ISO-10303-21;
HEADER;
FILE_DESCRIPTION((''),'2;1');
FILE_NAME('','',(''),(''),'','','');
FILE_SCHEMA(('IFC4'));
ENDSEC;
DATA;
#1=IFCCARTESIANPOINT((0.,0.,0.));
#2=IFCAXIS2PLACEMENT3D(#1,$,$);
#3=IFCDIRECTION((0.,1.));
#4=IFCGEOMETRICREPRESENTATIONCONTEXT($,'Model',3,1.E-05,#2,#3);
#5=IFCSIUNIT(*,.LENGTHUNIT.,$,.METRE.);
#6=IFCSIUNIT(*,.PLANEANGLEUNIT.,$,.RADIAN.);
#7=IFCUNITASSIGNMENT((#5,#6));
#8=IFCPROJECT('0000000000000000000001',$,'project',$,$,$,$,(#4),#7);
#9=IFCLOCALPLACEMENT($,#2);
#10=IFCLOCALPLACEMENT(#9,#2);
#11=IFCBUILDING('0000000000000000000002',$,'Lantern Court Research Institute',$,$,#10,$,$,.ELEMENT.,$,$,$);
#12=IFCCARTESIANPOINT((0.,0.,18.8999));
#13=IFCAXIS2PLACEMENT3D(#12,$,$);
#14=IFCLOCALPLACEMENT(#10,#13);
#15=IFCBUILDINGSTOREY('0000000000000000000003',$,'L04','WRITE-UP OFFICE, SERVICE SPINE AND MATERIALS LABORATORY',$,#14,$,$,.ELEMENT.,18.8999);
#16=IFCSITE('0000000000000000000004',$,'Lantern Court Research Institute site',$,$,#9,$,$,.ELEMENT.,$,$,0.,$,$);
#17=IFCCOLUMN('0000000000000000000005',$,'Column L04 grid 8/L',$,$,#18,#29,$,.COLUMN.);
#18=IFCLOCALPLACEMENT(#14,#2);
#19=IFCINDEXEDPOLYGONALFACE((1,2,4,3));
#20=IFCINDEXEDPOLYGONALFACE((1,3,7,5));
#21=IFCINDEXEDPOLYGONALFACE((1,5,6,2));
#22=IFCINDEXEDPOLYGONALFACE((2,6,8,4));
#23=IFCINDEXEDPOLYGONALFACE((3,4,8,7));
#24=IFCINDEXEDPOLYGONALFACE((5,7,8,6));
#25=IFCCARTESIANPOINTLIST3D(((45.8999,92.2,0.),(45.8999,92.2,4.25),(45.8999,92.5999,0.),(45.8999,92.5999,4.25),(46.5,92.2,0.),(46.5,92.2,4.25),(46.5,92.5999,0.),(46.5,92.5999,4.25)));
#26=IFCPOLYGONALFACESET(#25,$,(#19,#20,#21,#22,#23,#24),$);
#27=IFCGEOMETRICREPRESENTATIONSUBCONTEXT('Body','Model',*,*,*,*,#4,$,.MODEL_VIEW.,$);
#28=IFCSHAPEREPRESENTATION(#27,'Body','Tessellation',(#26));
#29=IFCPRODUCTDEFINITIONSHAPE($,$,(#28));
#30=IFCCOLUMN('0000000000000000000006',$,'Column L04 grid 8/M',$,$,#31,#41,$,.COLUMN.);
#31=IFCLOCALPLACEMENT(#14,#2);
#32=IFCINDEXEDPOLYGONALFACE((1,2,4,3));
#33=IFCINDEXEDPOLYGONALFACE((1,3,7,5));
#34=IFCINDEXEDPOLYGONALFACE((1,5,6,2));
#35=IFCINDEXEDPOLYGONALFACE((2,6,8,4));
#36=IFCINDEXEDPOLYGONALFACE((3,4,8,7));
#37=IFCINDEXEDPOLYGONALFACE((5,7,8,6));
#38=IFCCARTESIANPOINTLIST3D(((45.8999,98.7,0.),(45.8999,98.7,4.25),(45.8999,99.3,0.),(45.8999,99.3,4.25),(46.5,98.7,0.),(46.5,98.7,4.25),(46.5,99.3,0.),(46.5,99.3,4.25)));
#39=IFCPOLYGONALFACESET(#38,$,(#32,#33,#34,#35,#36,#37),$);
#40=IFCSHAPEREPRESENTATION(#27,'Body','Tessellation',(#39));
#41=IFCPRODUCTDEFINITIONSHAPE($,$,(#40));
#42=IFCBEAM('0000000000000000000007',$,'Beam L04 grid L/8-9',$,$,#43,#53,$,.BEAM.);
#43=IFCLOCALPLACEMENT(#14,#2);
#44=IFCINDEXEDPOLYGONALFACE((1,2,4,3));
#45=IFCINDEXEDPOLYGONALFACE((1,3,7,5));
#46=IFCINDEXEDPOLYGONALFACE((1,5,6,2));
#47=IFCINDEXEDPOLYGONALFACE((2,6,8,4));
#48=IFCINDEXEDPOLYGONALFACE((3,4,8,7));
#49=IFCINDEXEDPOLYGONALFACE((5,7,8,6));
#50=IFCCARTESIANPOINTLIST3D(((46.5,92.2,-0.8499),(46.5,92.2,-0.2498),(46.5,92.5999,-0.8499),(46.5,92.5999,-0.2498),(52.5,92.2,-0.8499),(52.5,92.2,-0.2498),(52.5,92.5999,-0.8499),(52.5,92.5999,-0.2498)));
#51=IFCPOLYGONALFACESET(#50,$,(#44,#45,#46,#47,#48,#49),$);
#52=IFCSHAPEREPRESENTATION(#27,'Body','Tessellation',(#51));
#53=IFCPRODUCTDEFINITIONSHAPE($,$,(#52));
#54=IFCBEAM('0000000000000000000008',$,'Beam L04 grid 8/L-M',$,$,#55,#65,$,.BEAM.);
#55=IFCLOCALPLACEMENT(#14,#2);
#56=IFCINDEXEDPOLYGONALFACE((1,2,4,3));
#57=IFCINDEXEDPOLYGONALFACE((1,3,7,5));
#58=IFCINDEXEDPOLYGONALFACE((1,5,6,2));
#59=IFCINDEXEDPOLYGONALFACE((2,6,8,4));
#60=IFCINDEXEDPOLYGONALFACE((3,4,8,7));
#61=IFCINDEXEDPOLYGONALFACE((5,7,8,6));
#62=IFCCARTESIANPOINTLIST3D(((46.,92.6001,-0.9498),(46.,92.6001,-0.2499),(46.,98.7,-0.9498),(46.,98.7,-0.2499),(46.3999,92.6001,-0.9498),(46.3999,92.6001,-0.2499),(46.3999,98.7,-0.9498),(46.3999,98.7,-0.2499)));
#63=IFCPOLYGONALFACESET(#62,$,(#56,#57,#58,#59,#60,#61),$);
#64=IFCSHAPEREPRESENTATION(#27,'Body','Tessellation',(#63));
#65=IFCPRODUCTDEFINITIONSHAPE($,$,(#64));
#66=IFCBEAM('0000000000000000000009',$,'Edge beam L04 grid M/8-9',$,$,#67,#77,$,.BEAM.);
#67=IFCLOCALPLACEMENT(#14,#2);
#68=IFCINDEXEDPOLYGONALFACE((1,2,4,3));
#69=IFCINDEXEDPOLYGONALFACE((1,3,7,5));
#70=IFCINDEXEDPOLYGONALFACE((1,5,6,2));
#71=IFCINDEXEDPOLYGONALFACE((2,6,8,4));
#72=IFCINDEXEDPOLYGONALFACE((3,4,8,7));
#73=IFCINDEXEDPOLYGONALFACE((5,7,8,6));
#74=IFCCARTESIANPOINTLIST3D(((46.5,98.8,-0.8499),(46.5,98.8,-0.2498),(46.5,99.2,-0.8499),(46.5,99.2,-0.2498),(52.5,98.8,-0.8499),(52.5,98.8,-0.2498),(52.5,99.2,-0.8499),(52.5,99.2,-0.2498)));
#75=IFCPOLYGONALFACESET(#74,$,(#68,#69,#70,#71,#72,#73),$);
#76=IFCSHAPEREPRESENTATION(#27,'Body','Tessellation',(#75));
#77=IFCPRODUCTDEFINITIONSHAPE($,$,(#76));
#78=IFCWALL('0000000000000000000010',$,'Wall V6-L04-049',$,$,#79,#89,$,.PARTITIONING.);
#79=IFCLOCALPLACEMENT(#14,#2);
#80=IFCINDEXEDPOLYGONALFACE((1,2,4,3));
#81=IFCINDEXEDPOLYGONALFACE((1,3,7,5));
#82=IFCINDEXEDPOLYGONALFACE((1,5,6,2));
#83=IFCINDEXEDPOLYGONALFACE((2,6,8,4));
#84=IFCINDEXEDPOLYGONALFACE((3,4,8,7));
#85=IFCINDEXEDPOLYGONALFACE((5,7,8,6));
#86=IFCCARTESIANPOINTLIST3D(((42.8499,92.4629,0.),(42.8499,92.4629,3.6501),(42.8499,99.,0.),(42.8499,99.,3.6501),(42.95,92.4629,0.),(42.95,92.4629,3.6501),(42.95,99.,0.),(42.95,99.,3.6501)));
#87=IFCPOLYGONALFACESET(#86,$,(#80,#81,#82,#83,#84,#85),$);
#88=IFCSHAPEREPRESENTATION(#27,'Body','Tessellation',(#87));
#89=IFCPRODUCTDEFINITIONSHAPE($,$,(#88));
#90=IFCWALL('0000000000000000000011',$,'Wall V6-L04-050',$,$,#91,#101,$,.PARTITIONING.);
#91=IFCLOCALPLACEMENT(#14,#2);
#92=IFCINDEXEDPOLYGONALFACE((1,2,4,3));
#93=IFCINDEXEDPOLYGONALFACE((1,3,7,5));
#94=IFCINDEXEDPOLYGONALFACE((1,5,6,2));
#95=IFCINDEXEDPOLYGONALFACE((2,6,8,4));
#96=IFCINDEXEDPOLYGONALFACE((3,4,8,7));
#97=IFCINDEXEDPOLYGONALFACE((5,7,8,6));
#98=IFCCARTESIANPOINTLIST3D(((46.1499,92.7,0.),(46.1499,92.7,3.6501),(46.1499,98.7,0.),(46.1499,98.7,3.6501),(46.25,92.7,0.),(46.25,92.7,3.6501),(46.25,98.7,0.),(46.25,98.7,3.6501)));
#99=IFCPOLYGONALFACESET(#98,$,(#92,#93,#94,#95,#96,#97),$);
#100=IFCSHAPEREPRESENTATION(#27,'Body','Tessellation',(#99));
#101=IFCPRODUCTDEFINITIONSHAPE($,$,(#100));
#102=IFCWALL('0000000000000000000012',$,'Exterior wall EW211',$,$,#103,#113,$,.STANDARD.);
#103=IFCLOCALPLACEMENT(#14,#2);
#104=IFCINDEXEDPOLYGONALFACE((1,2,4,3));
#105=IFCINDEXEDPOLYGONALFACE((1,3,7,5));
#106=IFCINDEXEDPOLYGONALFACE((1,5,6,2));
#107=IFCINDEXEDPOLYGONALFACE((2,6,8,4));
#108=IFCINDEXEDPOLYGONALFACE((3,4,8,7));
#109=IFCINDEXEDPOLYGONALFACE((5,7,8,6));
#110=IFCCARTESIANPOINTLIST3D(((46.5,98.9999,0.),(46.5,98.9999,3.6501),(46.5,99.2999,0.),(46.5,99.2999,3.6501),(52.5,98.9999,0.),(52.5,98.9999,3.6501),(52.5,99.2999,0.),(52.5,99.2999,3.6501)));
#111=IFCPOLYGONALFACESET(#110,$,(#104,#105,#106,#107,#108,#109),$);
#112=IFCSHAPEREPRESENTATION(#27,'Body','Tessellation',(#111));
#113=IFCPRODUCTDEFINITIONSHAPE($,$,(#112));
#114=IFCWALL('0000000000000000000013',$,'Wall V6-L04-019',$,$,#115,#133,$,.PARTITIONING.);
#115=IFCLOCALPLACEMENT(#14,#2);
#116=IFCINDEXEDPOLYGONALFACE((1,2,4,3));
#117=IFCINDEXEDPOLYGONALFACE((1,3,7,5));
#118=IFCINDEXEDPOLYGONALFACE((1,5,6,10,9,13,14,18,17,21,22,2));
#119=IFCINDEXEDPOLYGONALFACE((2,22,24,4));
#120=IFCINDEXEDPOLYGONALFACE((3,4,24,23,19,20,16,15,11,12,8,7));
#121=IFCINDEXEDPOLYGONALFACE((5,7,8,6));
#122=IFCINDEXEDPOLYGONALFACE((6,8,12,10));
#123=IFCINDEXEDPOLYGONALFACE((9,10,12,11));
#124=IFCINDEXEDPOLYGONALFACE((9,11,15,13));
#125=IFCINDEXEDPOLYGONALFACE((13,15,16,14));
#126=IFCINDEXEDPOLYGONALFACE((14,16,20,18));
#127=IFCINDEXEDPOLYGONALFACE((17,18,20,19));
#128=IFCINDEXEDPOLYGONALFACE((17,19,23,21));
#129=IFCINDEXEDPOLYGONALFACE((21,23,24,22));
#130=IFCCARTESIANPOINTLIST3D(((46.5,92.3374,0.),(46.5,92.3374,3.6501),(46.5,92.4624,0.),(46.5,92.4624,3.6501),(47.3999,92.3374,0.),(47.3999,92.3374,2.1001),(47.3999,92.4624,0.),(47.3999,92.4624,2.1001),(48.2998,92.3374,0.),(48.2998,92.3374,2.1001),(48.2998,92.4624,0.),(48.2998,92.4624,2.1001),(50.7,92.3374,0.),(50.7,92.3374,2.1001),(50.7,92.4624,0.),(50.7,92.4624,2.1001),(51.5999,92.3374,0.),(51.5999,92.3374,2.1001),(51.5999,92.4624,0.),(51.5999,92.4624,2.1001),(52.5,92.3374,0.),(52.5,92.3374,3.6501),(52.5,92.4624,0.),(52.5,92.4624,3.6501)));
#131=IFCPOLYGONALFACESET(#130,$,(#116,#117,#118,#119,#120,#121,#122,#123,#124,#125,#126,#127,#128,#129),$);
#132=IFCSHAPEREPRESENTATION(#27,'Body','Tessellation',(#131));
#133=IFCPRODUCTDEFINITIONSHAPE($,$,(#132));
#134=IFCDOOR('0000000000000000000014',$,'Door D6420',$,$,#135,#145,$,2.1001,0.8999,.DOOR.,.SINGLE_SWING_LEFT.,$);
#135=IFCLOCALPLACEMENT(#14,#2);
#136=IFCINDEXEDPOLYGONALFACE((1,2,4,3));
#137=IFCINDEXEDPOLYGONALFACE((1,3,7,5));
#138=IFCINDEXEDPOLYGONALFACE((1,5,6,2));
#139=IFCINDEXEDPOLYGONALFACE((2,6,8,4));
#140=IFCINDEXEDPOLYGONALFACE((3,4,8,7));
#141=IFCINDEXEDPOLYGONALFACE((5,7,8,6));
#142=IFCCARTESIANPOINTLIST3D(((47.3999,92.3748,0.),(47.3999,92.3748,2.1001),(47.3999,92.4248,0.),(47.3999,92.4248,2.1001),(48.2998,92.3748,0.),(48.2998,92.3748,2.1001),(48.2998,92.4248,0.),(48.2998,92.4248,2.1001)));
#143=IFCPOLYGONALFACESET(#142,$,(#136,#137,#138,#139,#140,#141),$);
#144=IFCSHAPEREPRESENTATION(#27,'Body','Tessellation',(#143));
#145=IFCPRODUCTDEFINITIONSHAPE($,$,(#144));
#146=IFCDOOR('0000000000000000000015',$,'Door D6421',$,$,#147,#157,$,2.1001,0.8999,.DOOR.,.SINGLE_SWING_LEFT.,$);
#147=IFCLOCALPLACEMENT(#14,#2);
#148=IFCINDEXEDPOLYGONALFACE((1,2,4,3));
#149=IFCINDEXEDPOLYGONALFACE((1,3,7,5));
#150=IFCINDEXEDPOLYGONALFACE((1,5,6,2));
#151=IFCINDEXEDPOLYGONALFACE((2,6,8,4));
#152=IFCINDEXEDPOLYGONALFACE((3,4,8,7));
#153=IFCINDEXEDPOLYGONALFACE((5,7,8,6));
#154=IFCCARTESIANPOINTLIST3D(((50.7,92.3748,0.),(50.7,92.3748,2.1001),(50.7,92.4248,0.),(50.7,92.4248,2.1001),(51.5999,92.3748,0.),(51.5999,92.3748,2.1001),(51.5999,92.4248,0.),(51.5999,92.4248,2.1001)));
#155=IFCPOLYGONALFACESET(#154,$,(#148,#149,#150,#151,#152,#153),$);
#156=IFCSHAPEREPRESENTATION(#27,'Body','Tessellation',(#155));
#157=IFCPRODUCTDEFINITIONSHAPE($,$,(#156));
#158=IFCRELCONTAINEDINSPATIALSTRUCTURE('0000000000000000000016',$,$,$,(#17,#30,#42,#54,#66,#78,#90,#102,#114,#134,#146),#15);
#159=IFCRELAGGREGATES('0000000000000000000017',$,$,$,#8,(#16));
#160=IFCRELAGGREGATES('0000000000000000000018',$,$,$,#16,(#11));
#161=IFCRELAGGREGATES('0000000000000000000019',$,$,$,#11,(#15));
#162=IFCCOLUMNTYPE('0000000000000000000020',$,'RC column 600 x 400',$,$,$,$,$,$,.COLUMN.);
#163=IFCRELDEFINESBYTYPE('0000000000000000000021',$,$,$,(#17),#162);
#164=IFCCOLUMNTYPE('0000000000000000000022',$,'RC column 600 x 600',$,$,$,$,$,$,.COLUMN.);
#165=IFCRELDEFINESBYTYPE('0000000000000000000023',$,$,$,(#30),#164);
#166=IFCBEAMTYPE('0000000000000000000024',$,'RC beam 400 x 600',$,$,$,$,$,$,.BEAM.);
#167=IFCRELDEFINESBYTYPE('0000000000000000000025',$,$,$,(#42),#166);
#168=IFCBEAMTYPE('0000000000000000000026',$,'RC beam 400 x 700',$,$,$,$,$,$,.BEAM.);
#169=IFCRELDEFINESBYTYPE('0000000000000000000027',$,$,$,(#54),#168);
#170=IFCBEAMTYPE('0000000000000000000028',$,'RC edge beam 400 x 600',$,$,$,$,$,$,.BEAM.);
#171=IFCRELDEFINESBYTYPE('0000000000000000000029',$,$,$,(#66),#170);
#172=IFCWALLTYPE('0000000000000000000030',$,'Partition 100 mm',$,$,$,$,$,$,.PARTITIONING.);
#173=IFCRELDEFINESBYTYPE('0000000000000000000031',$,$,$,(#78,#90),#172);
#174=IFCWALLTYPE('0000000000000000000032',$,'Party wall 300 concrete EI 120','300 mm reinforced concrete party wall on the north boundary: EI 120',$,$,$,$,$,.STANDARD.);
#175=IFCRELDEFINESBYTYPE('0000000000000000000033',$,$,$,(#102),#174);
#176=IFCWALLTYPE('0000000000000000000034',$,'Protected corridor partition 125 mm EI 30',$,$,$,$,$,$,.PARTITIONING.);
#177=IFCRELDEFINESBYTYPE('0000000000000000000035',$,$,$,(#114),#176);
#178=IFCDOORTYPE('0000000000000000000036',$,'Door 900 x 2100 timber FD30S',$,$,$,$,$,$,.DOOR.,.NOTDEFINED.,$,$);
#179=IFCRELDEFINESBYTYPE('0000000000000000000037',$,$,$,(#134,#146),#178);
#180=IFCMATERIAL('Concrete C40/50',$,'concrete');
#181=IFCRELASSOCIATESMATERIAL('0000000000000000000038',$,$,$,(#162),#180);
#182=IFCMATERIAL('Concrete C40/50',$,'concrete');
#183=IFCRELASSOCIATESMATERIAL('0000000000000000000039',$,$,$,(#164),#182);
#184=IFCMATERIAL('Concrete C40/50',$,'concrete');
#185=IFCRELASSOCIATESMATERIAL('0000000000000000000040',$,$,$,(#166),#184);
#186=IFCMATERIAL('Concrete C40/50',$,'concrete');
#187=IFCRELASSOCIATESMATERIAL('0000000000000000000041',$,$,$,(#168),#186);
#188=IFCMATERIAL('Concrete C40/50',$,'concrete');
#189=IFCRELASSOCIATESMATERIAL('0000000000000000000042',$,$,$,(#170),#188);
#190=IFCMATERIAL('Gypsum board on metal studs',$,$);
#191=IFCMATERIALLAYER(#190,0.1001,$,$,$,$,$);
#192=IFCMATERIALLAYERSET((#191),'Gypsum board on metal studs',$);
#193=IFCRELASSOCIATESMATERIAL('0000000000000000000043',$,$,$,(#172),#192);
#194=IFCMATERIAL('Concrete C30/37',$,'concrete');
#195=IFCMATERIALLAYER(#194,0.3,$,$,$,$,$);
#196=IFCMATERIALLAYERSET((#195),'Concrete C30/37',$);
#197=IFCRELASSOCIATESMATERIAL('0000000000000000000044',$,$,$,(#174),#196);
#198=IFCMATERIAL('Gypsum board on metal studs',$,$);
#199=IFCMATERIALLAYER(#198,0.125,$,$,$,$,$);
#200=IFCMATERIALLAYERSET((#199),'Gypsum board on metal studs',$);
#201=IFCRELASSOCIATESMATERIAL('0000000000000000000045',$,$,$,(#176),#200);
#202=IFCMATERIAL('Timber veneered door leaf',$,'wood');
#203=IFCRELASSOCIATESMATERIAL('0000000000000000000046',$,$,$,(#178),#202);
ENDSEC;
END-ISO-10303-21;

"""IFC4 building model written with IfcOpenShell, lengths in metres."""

from ifc_helpers import new_model, si_unit, direction, frame, frame_2d, origin, origin_2d, place, context, subcontext, project, spatial, rectangle, extrude, material, layer, layer_set, material_profile, profile_set, type_object, element, fill, save


model = new_model("IFC4")

# Units and contexts
model_context = context("Model", 3, precision=1e-05, world=origin(), true_north=direction((0.0, 1.0)))
body_context = subcontext(model_context, "Body", "Model", "MODEL_VIEW")
ifc_project = project(units=[si_unit("LENGTHUNIT", "METRE"), si_unit("PLANEANGLEUNIT", "RADIAN")], contexts=[model_context])

# Site, building, storey
site_placement = place(None, origin())
site = spatial("IfcSite", under=ifc_project, at=site_placement, Name="Lantern Court Research Institute site", CompositionType="ELEMENT", RefElevation=0.0)
building_placement = place(site_placement, origin())
building = spatial("IfcBuilding", under=site, at=building_placement, Name="Lantern Court Research Institute", CompositionType="ELEMENT")
storey_placement = place(building_placement, frame((0.0, 0.0, 18.8999)))
storey = spatial("IfcBuildingStorey", under=building, at=storey_placement, Name="L04", Description="WRITE-UP OFFICE, SERVICE SPINE AND MATERIALS LABORATORY", CompositionType="ELEMENT", Elevation=18.8999)

# Columns
ifc_material_1 = material(Name="Concrete C40/50", Category="concrete")
ifc_material_profile_1 = material_profile(ifc_material_1, rectangle(XDim=0.6001, YDim=0.3999, at=origin_2d()), Name="RC column 600 x 400")
ifc_profile_set_1 = profile_set([ifc_material_profile_1], Name="Concrete C40/50")
column_type_1 = type_object("IfcColumnType", Name="RC column 600 x 400", PredefinedType="COLUMN", material=ifc_profile_set_1)
column_1_placement = place(storey_placement, frame((46.2, 92.3999, 0.0), z_axis=(0.0, 0.0, 1.0), x_axis=(1.0, 0.0, 0.0)))
element("IfcColumn", 1, at=column_1_placement, inside=storey, type_object=column_type_1, Name="Column L04 grid 8/L", PredefinedType="COLUMN", context=body_context, shape_type="SweptSolid", body=[
    extrude(rectangle(XDim=0.6001, YDim=0.3999, at=origin_2d()), origin(), (0.0, 0.0, 1.0), 4.25),
])
ifc_material_2 = material(Name="Concrete C40/50", Category="concrete")
ifc_material_profile_2 = material_profile(ifc_material_2, rectangle(XDim=0.6001, YDim=0.6001, at=origin_2d()), Name="RC column 600 x 600")
ifc_profile_set_2 = profile_set([ifc_material_profile_2], Name="Concrete C40/50")
column_type_2 = type_object("IfcColumnType", Name="RC column 600 x 600", PredefinedType="COLUMN", material=ifc_profile_set_2)
column_2_placement = place(storey_placement, frame((46.2, 99.0, 0.0), z_axis=(0.0, 0.0, 1.0), x_axis=(1.0, 0.0, 0.0)))
element("IfcColumn", 2, at=column_2_placement, inside=storey, type_object=column_type_2, Name="Column L04 grid 8/M", PredefinedType="COLUMN", context=body_context, shape_type="SweptSolid", body=[
    extrude(rectangle(XDim=0.6001, YDim=0.6001, at=origin_2d()), origin(), (0.0, 0.0, 1.0), 4.25),
])

# Beams
ifc_material_3 = material(Name="Concrete C40/50", Category="concrete")
ifc_material_profile_3 = material_profile(ifc_material_3, rectangle(XDim=0.3999, YDim=0.6001, at=origin_2d()), Name="RC beam 400 x 600")
ifc_profile_set_3 = profile_set([ifc_material_profile_3], Name="Concrete C40/50")
beam_type_1 = type_object("IfcBeamType", Name="RC beam 400 x 600", PredefinedType="BEAM", material=ifc_profile_set_3)
beam_1_placement = place(storey_placement, frame((46.5, 92.3999, -0.5498), z_axis=(1.0, 0.0, 0.0), x_axis=(0.0, 1.0, 0.0)))
element("IfcBeam", 3, at=beam_1_placement, inside=storey, type_object=beam_type_1, Name="Beam L04 grid L/8-9", PredefinedType="BEAM", context=body_context, shape_type="SweptSolid", body=[
    extrude(rectangle(XDim=0.3999, YDim=0.6001, at=origin_2d()), origin(), (0.0, 0.0, 1.0), 6.0),
])
ifc_material_4 = material(Name="Concrete C40/50", Category="concrete")
ifc_material_profile_4 = material_profile(ifc_material_4, rectangle(XDim=0.3999, YDim=0.7, at=origin_2d()), Name="RC beam 400 x 700")
ifc_profile_set_4 = profile_set([ifc_material_profile_4], Name="Concrete C40/50")
beam_type_2 = type_object("IfcBeamType", Name="RC beam 400 x 700", PredefinedType="BEAM", material=ifc_profile_set_4)
beam_2_placement = place(storey_placement, frame((46.2, 92.6001, -0.5999), z_axis=(0.0, 1.0, 0.0), x_axis=(-1.0, 0.0, 0.0)))
element("IfcBeam", 4, at=beam_2_placement, inside=storey, type_object=beam_type_2, Name="Beam L04 grid 8/L-M", PredefinedType="BEAM", context=body_context, shape_type="SweptSolid", body=[
    extrude(rectangle(XDim=0.3999, YDim=0.7, at=origin_2d()), origin(), (0.0, 0.0, 1.0), 6.0999),
])
ifc_material_5 = material(Name="Concrete C40/50", Category="concrete")
ifc_material_profile_5 = material_profile(ifc_material_5, rectangle(XDim=0.3999, YDim=0.6001, at=origin_2d()), Name="RC beam 400 x 600")
ifc_profile_set_5 = profile_set([ifc_material_profile_5], Name="Concrete C40/50")
beam_type_3 = type_object("IfcBeamType", Name="RC edge beam 400 x 600", PredefinedType="BEAM", material=ifc_profile_set_5)
beam_3_placement = place(storey_placement, frame((46.5, 99.0, -0.5498), z_axis=(1.0, 0.0, 0.0), x_axis=(0.0, 1.0, 0.0)))
element("IfcBeam", 5, at=beam_3_placement, inside=storey, type_object=beam_type_3, Name="Edge beam L04 grid M/8-9", PredefinedType="BEAM", context=body_context, shape_type="SweptSolid", body=[
    extrude(rectangle(XDim=0.3999, YDim=0.6001, at=origin_2d()), origin(), (0.0, 0.0, 1.0), 6.0),
])

# Walls
ifc_material_6 = material(Name="Gypsum board on metal studs")
ifc_layer_1 = layer(ifc_material_6, 0.1001)
ifc_layer_set_1 = layer_set([ifc_layer_1], Name="Gypsum board on metal studs")
wall_type_1 = type_object("IfcWallType", Name="Partition 100 mm", PredefinedType="PARTITIONING", material=ifc_layer_set_1)
wall_1_placement = place(storey_placement, frame((42.8999, 92.4629, 0.0), z_axis=(0.0, 0.0, 1.0), x_axis=(0.0, 1.0, 0.0)))
element("IfcWall", 6, at=wall_1_placement, inside=storey, type_object=wall_type_1, Name="Wall V6-L04-049", PredefinedType="PARTITIONING", context=body_context, shape_type="SweptSolid", body=[
    extrude(rectangle(XDim=6.5371, YDim=0.1001, at=frame_2d((3.2686, 0.0))), origin(), (0.0, 0.0, 1.0), 3.6501),
])
wall_2_placement = place(storey_placement, frame((46.2, 92.7, 0.0), z_axis=(0.0, 0.0, 1.0), x_axis=(0.0, 1.0, 0.0)))
element("IfcWall", 7, at=wall_2_placement, inside=storey, type_object=wall_type_1, Name="Wall V6-L04-050", PredefinedType="PARTITIONING", context=body_context, shape_type="SweptSolid", body=[
    extrude(rectangle(XDim=6.0, YDim=0.1001, at=frame_2d((3.0, 0.0))), origin(), (0.0, 0.0, 1.0), 3.6501),
])
ifc_material_7 = material(Name="Concrete C30/37", Category="concrete")
ifc_layer_2 = layer(ifc_material_7, 0.3)
ifc_layer_set_2 = layer_set([ifc_layer_2], Name="Concrete C30/37")
wall_type_2 = type_object("IfcWallType", Name="Party wall 300 concrete EI 120", Description="300 mm reinforced concrete party wall on the north boundary: EI 120", PredefinedType="STANDARD", material=ifc_layer_set_2)
wall_3_placement = place(storey_placement, frame((46.5, 99.1499, 0.0), z_axis=(0.0, 0.0, 1.0), x_axis=(1.0, 0.0, 0.0)))
element("IfcWall", 8, at=wall_3_placement, inside=storey, type_object=wall_type_2, Name="Exterior wall EW211", PredefinedType="STANDARD", context=body_context, shape_type="SweptSolid", body=[
    extrude(rectangle(XDim=6.0, YDim=0.3, at=frame_2d((3.0, 0.0))), origin(), (0.0, 0.0, 1.0), 3.6501),
])

# Wall, openings, doors
ifc_material_8 = material(Name="Gypsum board on metal studs")
ifc_layer_3 = layer(ifc_material_8, 0.125)
ifc_layer_set_3 = layer_set([ifc_layer_3], Name="Gypsum board on metal studs")
wall_type_3 = type_object("IfcWallType", Name="Protected corridor partition 125 mm EI 30", PredefinedType="PARTITIONING", material=ifc_layer_set_3)
wall_4_placement = place(storey_placement, frame((46.5, 92.3999, 0.0), z_axis=(0.0, 0.0, 1.0), x_axis=(1.0, 0.0, 0.0)))
wall_4 = element("IfcWall", 9, at=wall_4_placement, inside=storey, type_object=wall_type_3, Name="Wall V6-L04-019", PredefinedType="PARTITIONING", context=body_context, shape_type="SweptSolid", body=[
    extrude(rectangle(XDim=6.0, YDim=0.125, at=frame_2d((3.0, 0.0))), origin(), (0.0, 0.0, 1.0), 3.6501),
])
opening_1_placement = place(wall_4_placement, frame((0.8999, 0.0, 0.0)))
opening_1 = element("IfcOpeningElement", 10, at=opening_1_placement, cuts=wall_4, PredefinedType="OPENING", context=body_context, shape_type="SweptSolid", body=[
    extrude(rectangle(XDim=0.8999, YDim=2.1001, at=frame_2d((0.45, 1.05))), frame((0.0, 0.0725, 0.0), z_axis=(0.0, -1.0, 0.0), x_axis=(1.0, 0.0, 0.0)), (0.0, 0.0, 1.0), 0.145),
])
opening_2_placement = place(wall_4_placement, frame((4.2, 0.0, 0.0)))
opening_2 = element("IfcOpeningElement", 11, at=opening_2_placement, cuts=wall_4, PredefinedType="OPENING", context=body_context, shape_type="SweptSolid", body=[
    extrude(rectangle(XDim=0.8999, YDim=2.1001, at=frame_2d((0.45, 1.05))), frame((0.0, 0.0725, 0.0), z_axis=(0.0, -1.0, 0.0), x_axis=(1.0, 0.0, 0.0)), (0.0, 0.0, 1.0), 0.145),
])
ifc_material_9 = material(Name="Timber veneered door leaf", Category="wood")
door_type = type_object("IfcDoorType", Name="Door 900 x 2100 timber FD30S", OperationType="NOTDEFINED", PredefinedType="DOOR", material=ifc_material_9)
door_1_placement = place(opening_1_placement, origin())
door_1 = element("IfcDoor", 12, at=door_1_placement, inside=storey, type_object=door_type, Name="Door D6420", OperationType="SINGLE_SWING_LEFT", OverallHeight=2.1001, OverallWidth=0.8999, PredefinedType="DOOR", context=body_context, shape_type="SweptSolid", body=[
    extrude(rectangle(XDim=0.8999, YDim=2.1001, at=frame_2d((0.45, 1.05))), frame((0.0, 0.0249, 0.0), z_axis=(0.0, -1.0, 0.0), x_axis=(1.0, 0.0, 0.0)), (0.0, 0.0, 1.0), 0.05),
])
fill(opening_1, door_1)
door_2_placement = place(opening_2_placement, origin())
door_2 = element("IfcDoor", 13, at=door_2_placement, inside=storey, type_object=door_type, Name="Door D6421", OperationType="SINGLE_SWING_LEFT", OverallHeight=2.1001, OverallWidth=0.8999, PredefinedType="DOOR", context=body_context, shape_type="SweptSolid", body=[
    extrude(rectangle(XDim=0.8999, YDim=2.1001, at=frame_2d((0.45, 1.05))), frame((0.0, 0.0249, 0.0), z_axis=(0.0, -1.0, 0.0), x_axis=(1.0, 0.0, 0.0)), (0.0, 0.0, 1.0), 0.05),
])
fill(opening_2, door_2)

save(model, "model.ifc")
